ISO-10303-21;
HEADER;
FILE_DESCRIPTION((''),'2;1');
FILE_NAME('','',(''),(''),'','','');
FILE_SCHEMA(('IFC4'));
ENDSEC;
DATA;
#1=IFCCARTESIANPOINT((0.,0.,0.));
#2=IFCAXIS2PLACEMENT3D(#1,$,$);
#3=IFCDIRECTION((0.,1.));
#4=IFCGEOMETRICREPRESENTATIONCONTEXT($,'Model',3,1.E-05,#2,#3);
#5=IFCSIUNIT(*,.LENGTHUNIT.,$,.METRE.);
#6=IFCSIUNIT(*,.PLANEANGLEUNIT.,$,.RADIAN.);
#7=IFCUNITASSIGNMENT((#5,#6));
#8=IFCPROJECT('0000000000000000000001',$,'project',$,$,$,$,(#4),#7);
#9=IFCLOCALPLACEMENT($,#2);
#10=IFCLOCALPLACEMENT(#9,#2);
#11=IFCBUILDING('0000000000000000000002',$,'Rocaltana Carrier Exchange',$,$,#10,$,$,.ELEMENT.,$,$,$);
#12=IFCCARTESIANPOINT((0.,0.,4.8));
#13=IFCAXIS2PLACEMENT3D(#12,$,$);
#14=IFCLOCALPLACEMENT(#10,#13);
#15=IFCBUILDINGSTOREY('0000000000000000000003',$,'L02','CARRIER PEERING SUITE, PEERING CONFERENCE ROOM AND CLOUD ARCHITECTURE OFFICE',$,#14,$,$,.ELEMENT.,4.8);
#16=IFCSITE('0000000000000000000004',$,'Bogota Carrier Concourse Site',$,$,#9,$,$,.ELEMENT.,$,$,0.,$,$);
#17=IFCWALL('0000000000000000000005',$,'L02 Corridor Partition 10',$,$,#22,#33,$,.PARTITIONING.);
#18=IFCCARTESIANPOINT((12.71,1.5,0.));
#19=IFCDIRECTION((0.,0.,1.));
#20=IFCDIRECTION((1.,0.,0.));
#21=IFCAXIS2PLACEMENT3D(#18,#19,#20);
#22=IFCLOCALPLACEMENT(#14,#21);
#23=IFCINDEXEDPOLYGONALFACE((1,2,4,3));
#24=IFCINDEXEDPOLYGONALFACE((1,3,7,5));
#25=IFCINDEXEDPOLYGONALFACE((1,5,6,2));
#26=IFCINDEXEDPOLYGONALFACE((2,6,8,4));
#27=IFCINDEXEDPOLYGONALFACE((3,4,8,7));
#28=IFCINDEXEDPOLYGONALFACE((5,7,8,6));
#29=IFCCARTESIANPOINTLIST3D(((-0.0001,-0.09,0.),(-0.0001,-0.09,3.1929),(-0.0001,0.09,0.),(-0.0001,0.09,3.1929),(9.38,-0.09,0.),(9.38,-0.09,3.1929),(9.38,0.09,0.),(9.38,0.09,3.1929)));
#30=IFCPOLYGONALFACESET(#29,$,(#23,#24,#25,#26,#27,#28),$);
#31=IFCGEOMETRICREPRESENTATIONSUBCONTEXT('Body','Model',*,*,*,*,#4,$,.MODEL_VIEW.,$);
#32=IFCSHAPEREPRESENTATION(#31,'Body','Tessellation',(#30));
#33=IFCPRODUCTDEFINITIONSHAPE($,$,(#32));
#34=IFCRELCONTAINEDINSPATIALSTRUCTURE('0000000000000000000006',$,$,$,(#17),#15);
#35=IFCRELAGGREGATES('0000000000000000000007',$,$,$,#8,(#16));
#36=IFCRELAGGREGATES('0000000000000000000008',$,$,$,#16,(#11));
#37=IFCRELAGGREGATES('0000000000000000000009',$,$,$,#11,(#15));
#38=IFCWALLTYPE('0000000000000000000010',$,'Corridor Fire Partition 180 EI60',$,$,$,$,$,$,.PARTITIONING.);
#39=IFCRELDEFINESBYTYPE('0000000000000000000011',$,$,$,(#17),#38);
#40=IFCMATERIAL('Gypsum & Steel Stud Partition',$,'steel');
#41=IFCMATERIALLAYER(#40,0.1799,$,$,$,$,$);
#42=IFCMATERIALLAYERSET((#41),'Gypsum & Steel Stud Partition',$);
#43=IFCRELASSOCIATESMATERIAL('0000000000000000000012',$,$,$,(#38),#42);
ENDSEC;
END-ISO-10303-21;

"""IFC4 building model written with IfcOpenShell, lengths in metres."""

from ifc_helpers import new_model, si_unit, direction, frame, frame_2d, origin, place, context, subcontext, project, spatial, rectangle, extrude, material, layer, layer_set, type_object, element, save


model = new_model("IFC4")

# Units and contexts
model_context = context("Model", 3, precision=1e-05, world=origin(), true_north=direction((0.0, 1.0)))
body_context = subcontext(model_context, "Body", "Model", "MODEL_VIEW")
ifc_project = project(units=[si_unit("LENGTHUNIT", "METRE"), si_unit("PLANEANGLEUNIT", "RADIAN")], contexts=[model_context])

# Site, building, storey
site_placement = place(None, origin())
site = spatial("IfcSite", under=ifc_project, at=site_placement, Name="Bogota Carrier Concourse Site", CompositionType="ELEMENT", RefElevation=0.0)
building_placement = place(site_placement, origin())
building = spatial("IfcBuilding", under=site, at=building_placement, Name="Rocaltana Carrier Exchange", CompositionType="ELEMENT")
storey_placement = place(building_placement, frame((0.0, 0.0, 4.8)))
storey = spatial("IfcBuildingStorey", under=building, at=storey_placement, Name="L02", Description="CARRIER PEERING SUITE, PEERING CONFERENCE ROOM AND CLOUD ARCHITECTURE OFFICE", CompositionType="ELEMENT", Elevation=4.8)

# Shared definitions
ifc_material_1 = material(Name="Gypsum & Steel Stud Partition", Category="steel")
ifc_layer_1 = layer(ifc_material_1, 0.1799)
ifc_layer_set_1 = layer_set([ifc_layer_1], Name="Gypsum & Steel Stud Partition")
wall_type_1 = type_object("IfcWallType", Name="Corridor Fire Partition 180 EI60", PredefinedType="PARTITIONING", material=ifc_layer_set_1)

# Wall
wall_1_placement = place(storey_placement, frame((12.71, 1.5, 0.0), z_axis=(0.0, 0.0, 1.0), x_axis=(1.0, 0.0, 0.0)))
element("IfcWall", 1, at=wall_1_placement, inside=storey, type_object=wall_type_1, Name="L02 Corridor Partition 10", PredefinedType="PARTITIONING", context=body_context, shape_type="SweptSolid", body=[
    extrude(rectangle(XDim=9.3801, YDim=0.1799, at=frame_2d((4.6899, 0.0))), origin(), (0.0, 0.0, 1.0), 3.1929),
])

save(model, "model.ifc")
